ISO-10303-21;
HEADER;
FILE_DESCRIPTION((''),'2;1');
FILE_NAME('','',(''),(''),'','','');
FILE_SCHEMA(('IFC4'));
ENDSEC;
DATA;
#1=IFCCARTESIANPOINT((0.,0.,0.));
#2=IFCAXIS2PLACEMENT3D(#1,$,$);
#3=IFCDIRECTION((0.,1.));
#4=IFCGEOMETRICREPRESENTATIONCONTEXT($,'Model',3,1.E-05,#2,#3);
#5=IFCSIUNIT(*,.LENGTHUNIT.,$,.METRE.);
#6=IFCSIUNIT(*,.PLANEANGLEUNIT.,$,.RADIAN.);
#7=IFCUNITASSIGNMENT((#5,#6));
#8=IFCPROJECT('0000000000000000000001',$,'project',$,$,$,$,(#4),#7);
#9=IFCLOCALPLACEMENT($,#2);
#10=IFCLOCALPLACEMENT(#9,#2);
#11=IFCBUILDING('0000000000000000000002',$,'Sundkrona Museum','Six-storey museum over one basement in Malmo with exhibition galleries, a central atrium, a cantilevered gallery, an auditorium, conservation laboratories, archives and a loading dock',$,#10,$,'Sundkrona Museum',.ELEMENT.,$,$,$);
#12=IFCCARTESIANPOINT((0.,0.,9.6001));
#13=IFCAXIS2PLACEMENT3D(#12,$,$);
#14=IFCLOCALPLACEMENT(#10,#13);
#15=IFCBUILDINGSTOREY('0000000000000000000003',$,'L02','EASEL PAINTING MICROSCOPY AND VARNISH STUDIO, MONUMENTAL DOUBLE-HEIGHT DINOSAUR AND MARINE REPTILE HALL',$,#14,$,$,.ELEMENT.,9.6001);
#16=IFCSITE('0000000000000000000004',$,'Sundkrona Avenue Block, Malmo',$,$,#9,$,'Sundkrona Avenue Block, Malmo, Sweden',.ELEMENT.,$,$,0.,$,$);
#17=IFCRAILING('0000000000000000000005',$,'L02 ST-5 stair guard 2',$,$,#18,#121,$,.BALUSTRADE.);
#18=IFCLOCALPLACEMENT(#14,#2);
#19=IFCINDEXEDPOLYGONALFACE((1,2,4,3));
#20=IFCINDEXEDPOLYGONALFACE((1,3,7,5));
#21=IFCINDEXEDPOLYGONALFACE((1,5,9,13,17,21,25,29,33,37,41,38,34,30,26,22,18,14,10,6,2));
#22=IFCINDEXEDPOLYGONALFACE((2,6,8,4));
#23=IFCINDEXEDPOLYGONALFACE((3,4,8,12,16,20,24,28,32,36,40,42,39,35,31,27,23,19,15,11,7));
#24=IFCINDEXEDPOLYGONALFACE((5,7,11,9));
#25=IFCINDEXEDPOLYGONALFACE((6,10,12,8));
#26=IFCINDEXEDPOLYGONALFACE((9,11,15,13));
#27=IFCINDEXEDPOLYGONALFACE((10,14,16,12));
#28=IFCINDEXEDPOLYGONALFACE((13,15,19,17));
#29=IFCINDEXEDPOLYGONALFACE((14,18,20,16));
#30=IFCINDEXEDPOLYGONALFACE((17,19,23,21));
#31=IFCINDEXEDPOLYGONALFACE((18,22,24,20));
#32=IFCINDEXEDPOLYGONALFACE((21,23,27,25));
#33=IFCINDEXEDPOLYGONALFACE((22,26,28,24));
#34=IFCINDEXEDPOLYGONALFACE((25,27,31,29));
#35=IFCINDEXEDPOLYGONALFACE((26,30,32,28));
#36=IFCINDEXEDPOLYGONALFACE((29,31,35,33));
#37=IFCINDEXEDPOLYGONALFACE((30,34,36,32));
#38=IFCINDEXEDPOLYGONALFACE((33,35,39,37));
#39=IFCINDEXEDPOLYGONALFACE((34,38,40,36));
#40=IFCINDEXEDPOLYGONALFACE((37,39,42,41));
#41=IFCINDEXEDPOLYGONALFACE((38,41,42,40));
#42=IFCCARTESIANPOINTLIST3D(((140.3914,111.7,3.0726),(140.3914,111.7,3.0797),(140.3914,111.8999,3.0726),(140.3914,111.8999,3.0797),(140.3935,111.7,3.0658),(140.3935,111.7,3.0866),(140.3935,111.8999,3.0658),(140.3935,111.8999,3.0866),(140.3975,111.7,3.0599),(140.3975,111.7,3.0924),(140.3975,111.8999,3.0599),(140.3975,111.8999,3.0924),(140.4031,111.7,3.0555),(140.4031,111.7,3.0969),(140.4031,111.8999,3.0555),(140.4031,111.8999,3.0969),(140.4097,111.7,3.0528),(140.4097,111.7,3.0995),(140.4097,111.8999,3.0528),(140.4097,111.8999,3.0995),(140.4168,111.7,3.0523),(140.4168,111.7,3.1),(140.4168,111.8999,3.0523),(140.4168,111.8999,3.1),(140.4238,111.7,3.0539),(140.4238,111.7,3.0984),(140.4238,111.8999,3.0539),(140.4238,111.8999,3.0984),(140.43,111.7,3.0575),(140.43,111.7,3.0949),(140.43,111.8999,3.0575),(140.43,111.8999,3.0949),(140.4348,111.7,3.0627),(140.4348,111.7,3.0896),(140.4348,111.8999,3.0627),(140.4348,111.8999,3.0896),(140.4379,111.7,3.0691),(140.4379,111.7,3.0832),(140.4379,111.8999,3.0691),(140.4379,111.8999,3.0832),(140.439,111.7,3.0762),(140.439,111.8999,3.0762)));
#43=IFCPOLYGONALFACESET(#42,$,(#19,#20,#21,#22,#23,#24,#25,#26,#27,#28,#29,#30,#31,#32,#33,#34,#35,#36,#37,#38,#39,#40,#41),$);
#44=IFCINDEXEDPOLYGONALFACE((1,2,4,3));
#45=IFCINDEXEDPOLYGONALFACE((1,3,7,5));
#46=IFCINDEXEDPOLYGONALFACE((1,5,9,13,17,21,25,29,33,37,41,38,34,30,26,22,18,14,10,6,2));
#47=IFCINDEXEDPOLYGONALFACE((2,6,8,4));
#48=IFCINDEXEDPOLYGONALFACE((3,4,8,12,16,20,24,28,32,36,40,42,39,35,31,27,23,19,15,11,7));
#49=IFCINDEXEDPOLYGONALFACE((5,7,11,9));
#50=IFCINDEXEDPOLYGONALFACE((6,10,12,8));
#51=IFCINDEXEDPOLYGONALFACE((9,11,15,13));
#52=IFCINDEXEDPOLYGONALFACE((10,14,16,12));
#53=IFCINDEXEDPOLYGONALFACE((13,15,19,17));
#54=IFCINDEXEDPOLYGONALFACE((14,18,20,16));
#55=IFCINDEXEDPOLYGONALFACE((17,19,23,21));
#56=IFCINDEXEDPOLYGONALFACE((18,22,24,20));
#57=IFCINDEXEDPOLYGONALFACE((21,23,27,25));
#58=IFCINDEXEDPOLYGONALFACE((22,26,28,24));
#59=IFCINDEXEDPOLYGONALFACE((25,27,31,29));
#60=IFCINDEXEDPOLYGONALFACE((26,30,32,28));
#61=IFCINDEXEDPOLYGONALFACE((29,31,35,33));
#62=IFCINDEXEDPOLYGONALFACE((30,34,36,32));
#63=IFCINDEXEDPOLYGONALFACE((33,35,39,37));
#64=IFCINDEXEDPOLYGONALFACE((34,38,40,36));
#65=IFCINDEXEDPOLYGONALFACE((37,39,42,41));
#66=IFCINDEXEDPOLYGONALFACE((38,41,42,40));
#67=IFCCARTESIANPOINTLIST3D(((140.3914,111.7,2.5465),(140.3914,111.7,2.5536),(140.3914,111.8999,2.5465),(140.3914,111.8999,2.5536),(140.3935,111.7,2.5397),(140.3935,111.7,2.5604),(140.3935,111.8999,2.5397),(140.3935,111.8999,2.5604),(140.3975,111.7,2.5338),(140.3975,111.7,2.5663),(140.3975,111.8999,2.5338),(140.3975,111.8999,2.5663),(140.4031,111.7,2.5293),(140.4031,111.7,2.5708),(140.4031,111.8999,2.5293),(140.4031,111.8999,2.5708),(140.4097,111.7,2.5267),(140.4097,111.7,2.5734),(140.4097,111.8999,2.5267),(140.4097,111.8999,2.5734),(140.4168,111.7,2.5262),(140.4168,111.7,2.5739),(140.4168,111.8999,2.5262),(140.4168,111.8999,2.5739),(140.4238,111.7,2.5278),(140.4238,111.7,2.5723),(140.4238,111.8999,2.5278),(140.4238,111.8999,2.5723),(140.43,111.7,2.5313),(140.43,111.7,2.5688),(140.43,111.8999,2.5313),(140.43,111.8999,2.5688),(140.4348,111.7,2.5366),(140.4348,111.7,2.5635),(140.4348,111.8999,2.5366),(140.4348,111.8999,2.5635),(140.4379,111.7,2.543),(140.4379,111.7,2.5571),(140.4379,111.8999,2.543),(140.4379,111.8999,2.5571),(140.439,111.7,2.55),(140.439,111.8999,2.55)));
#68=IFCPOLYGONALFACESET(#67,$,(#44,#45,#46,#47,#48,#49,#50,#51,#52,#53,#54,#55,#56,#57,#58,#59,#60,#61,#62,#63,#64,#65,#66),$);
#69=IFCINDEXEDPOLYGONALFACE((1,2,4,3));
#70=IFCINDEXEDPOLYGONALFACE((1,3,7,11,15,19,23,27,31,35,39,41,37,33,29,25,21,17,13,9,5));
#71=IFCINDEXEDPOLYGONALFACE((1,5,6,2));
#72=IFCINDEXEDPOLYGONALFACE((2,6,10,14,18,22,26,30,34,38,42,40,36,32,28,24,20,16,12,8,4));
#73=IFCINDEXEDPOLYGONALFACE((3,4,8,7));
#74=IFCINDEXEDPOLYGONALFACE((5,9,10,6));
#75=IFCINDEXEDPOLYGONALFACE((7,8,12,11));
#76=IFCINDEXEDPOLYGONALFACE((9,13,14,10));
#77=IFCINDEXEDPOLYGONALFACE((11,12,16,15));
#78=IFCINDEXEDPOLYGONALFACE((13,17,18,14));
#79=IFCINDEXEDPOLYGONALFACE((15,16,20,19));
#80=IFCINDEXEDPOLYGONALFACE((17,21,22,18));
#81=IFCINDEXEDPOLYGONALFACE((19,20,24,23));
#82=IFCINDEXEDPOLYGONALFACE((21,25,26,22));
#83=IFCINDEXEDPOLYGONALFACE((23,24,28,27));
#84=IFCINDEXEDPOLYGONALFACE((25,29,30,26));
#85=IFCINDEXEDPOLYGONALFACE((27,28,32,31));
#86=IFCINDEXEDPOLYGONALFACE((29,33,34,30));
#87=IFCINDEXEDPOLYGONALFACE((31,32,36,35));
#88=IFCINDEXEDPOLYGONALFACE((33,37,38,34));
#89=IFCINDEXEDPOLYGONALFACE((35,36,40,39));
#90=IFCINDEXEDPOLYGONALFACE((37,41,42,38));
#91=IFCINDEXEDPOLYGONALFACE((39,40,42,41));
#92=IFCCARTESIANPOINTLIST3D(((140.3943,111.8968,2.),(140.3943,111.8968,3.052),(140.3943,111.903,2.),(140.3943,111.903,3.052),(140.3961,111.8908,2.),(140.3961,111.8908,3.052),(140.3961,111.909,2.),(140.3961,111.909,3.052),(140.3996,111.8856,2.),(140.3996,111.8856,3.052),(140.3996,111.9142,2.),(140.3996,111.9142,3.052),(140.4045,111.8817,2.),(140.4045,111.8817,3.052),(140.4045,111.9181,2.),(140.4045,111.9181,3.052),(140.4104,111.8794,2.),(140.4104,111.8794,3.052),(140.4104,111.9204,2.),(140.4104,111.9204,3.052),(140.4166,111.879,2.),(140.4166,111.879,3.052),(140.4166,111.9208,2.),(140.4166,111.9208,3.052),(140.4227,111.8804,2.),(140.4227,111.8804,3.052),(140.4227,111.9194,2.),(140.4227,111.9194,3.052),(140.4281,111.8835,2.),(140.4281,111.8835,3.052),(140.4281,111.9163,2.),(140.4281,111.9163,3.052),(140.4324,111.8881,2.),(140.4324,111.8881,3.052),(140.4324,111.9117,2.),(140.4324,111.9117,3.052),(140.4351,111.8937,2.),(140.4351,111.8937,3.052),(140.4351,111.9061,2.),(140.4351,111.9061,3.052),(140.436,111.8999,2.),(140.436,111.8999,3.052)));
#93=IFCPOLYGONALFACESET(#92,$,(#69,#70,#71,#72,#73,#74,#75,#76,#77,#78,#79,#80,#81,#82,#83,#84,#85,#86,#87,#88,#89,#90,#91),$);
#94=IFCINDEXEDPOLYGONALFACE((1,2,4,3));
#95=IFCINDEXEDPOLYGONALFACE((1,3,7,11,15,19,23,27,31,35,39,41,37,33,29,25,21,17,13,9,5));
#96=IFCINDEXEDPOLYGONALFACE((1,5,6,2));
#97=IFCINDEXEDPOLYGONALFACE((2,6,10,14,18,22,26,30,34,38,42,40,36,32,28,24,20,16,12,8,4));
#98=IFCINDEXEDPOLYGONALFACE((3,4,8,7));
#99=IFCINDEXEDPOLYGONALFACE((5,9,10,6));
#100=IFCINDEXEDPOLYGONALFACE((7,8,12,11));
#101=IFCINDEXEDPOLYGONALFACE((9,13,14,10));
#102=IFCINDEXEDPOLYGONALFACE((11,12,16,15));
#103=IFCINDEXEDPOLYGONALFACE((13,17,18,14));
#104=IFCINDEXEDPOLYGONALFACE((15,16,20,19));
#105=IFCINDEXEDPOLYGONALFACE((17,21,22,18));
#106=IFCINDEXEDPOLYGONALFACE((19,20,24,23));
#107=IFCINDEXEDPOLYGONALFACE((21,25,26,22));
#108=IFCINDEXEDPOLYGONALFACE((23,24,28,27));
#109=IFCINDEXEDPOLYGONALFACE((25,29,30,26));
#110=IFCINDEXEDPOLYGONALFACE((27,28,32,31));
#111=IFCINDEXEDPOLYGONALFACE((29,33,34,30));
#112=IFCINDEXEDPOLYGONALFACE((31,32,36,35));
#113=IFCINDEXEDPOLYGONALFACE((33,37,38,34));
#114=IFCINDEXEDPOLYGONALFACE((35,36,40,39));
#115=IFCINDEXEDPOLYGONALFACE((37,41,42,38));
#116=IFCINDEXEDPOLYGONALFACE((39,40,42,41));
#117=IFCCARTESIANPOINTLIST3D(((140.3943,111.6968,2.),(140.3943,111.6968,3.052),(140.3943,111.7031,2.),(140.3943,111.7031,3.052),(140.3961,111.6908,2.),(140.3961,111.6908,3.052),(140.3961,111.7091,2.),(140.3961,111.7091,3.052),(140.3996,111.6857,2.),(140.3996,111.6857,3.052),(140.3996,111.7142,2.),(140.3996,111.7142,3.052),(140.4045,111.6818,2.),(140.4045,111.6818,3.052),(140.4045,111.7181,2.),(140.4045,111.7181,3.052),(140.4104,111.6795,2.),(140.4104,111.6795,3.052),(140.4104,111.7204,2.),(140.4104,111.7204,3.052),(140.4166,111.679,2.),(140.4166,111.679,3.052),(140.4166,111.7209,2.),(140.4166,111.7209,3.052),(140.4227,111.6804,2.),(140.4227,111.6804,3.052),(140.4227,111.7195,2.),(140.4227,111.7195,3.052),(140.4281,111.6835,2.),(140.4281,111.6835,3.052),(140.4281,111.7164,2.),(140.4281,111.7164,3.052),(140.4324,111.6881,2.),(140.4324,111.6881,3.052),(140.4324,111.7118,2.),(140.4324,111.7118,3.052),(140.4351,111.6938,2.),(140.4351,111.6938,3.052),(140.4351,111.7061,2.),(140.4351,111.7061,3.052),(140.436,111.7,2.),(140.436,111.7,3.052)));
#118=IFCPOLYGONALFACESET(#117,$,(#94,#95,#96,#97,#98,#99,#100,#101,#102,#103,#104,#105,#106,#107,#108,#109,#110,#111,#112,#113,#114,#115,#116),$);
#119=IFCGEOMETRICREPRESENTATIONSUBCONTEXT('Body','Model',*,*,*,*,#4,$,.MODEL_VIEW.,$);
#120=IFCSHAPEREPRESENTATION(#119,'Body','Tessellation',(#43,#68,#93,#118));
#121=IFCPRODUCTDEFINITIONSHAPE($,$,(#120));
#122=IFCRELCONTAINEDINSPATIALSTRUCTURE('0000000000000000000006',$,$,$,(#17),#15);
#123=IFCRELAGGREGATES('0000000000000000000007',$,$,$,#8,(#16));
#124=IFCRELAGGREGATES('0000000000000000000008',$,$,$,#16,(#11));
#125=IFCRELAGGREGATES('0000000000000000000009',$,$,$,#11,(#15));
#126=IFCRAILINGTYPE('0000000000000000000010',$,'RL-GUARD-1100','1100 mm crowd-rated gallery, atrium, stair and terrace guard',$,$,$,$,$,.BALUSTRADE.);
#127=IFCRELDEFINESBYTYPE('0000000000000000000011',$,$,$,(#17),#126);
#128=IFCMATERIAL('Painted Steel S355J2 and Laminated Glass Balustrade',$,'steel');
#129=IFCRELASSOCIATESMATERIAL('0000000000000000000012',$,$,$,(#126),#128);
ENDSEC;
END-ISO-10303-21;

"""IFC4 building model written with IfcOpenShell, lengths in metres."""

from ifc_helpers import new_model, si_unit, direction, frame, origin, origin_2d, place, context, subcontext, project, spatial, circle, extrude, material, type_object, element, save


model = new_model("IFC4")

# Units and contexts
model_context = context("Model", 3, precision=1e-05, world=origin(), true_north=direction((0.0, 1.0)))
body_context = subcontext(model_context, "Body", "Model", "MODEL_VIEW")
ifc_project = project(units=[si_unit("LENGTHUNIT", "METRE"), si_unit("PLANEANGLEUNIT", "RADIAN")], contexts=[model_context])

# Site, building, storey
site_placement = place(None, origin())
site = spatial("IfcSite", under=ifc_project, at=site_placement, Name="Sundkrona Avenue Block, Malmo", LongName="Sundkrona Avenue Block, Malmo, Sweden", CompositionType="ELEMENT", RefElevation=0.0)
building_placement = place(site_placement, origin())
building = spatial("IfcBuilding", under=site, at=building_placement, Name="Sundkrona Museum", Description="Six-storey museum over one basement in Malmo with exhibition galleries, a central atrium, a cantilevered gallery, an auditorium, conservation laboratories, archives and a loading dock", LongName="Sundkrona Museum", CompositionType="ELEMENT")
storey_placement = place(building_placement, frame((0.0, 0.0, 9.6001)))
storey = spatial("IfcBuildingStorey", under=building, at=storey_placement, Name="L02", Description="EASEL PAINTING MICROSCOPY AND VARNISH STUDIO, MONUMENTAL DOUBLE-HEIGHT DINOSAUR AND MARINE REPTILE HALL", CompositionType="ELEMENT", Elevation=9.6001)

# Railing
ifc_material_1 = material(Name="Painted Steel S355J2 and Laminated Glass Balustrade", Category="steel")
railing_type_1 = type_object("IfcRailingType", Name="RL-GUARD-1100", Description="1100 mm crowd-rated gallery, atrium, stair and terrace guard", PredefinedType="BALUSTRADE", material=ifc_material_1)
railing_1_placement = place(storey_placement, frame((140.415, 111.8999, 2.0)))
element("IfcRailing", 1, at=railing_1_placement, inside=storey, type_object=railing_type_1, Name="L02 ST-5 stair guard 2", PredefinedType="BALUSTRADE", context=body_context, shape_type="SweptSolid", body=[
    extrude(circle(Radius=0.0239, at=origin_2d()), frame((0.0, 0.0, 1.0762), z_axis=(0.0, -1.0, 0.0), x_axis=(1.0, 0.0, 0.0)), (0.0, 0.0, 1.0), 0.2),
    extrude(circle(Radius=0.0239, at=origin_2d()), frame((0.0, 0.0, 0.55), z_axis=(0.0, -1.0, 0.0), x_axis=(1.0, 0.0, 0.0)), (0.0, 0.0, 1.0), 0.2),
    extrude(circle(Radius=0.021, at=origin_2d()), origin(), (0.0, 0.0, 1.0), 1.052),
    extrude(circle(Radius=0.021, at=origin_2d()), frame((0.0, -0.2, 0.0)), (0.0, 0.0, 1.0), 1.052),
])

save(model, "model.ifc")
